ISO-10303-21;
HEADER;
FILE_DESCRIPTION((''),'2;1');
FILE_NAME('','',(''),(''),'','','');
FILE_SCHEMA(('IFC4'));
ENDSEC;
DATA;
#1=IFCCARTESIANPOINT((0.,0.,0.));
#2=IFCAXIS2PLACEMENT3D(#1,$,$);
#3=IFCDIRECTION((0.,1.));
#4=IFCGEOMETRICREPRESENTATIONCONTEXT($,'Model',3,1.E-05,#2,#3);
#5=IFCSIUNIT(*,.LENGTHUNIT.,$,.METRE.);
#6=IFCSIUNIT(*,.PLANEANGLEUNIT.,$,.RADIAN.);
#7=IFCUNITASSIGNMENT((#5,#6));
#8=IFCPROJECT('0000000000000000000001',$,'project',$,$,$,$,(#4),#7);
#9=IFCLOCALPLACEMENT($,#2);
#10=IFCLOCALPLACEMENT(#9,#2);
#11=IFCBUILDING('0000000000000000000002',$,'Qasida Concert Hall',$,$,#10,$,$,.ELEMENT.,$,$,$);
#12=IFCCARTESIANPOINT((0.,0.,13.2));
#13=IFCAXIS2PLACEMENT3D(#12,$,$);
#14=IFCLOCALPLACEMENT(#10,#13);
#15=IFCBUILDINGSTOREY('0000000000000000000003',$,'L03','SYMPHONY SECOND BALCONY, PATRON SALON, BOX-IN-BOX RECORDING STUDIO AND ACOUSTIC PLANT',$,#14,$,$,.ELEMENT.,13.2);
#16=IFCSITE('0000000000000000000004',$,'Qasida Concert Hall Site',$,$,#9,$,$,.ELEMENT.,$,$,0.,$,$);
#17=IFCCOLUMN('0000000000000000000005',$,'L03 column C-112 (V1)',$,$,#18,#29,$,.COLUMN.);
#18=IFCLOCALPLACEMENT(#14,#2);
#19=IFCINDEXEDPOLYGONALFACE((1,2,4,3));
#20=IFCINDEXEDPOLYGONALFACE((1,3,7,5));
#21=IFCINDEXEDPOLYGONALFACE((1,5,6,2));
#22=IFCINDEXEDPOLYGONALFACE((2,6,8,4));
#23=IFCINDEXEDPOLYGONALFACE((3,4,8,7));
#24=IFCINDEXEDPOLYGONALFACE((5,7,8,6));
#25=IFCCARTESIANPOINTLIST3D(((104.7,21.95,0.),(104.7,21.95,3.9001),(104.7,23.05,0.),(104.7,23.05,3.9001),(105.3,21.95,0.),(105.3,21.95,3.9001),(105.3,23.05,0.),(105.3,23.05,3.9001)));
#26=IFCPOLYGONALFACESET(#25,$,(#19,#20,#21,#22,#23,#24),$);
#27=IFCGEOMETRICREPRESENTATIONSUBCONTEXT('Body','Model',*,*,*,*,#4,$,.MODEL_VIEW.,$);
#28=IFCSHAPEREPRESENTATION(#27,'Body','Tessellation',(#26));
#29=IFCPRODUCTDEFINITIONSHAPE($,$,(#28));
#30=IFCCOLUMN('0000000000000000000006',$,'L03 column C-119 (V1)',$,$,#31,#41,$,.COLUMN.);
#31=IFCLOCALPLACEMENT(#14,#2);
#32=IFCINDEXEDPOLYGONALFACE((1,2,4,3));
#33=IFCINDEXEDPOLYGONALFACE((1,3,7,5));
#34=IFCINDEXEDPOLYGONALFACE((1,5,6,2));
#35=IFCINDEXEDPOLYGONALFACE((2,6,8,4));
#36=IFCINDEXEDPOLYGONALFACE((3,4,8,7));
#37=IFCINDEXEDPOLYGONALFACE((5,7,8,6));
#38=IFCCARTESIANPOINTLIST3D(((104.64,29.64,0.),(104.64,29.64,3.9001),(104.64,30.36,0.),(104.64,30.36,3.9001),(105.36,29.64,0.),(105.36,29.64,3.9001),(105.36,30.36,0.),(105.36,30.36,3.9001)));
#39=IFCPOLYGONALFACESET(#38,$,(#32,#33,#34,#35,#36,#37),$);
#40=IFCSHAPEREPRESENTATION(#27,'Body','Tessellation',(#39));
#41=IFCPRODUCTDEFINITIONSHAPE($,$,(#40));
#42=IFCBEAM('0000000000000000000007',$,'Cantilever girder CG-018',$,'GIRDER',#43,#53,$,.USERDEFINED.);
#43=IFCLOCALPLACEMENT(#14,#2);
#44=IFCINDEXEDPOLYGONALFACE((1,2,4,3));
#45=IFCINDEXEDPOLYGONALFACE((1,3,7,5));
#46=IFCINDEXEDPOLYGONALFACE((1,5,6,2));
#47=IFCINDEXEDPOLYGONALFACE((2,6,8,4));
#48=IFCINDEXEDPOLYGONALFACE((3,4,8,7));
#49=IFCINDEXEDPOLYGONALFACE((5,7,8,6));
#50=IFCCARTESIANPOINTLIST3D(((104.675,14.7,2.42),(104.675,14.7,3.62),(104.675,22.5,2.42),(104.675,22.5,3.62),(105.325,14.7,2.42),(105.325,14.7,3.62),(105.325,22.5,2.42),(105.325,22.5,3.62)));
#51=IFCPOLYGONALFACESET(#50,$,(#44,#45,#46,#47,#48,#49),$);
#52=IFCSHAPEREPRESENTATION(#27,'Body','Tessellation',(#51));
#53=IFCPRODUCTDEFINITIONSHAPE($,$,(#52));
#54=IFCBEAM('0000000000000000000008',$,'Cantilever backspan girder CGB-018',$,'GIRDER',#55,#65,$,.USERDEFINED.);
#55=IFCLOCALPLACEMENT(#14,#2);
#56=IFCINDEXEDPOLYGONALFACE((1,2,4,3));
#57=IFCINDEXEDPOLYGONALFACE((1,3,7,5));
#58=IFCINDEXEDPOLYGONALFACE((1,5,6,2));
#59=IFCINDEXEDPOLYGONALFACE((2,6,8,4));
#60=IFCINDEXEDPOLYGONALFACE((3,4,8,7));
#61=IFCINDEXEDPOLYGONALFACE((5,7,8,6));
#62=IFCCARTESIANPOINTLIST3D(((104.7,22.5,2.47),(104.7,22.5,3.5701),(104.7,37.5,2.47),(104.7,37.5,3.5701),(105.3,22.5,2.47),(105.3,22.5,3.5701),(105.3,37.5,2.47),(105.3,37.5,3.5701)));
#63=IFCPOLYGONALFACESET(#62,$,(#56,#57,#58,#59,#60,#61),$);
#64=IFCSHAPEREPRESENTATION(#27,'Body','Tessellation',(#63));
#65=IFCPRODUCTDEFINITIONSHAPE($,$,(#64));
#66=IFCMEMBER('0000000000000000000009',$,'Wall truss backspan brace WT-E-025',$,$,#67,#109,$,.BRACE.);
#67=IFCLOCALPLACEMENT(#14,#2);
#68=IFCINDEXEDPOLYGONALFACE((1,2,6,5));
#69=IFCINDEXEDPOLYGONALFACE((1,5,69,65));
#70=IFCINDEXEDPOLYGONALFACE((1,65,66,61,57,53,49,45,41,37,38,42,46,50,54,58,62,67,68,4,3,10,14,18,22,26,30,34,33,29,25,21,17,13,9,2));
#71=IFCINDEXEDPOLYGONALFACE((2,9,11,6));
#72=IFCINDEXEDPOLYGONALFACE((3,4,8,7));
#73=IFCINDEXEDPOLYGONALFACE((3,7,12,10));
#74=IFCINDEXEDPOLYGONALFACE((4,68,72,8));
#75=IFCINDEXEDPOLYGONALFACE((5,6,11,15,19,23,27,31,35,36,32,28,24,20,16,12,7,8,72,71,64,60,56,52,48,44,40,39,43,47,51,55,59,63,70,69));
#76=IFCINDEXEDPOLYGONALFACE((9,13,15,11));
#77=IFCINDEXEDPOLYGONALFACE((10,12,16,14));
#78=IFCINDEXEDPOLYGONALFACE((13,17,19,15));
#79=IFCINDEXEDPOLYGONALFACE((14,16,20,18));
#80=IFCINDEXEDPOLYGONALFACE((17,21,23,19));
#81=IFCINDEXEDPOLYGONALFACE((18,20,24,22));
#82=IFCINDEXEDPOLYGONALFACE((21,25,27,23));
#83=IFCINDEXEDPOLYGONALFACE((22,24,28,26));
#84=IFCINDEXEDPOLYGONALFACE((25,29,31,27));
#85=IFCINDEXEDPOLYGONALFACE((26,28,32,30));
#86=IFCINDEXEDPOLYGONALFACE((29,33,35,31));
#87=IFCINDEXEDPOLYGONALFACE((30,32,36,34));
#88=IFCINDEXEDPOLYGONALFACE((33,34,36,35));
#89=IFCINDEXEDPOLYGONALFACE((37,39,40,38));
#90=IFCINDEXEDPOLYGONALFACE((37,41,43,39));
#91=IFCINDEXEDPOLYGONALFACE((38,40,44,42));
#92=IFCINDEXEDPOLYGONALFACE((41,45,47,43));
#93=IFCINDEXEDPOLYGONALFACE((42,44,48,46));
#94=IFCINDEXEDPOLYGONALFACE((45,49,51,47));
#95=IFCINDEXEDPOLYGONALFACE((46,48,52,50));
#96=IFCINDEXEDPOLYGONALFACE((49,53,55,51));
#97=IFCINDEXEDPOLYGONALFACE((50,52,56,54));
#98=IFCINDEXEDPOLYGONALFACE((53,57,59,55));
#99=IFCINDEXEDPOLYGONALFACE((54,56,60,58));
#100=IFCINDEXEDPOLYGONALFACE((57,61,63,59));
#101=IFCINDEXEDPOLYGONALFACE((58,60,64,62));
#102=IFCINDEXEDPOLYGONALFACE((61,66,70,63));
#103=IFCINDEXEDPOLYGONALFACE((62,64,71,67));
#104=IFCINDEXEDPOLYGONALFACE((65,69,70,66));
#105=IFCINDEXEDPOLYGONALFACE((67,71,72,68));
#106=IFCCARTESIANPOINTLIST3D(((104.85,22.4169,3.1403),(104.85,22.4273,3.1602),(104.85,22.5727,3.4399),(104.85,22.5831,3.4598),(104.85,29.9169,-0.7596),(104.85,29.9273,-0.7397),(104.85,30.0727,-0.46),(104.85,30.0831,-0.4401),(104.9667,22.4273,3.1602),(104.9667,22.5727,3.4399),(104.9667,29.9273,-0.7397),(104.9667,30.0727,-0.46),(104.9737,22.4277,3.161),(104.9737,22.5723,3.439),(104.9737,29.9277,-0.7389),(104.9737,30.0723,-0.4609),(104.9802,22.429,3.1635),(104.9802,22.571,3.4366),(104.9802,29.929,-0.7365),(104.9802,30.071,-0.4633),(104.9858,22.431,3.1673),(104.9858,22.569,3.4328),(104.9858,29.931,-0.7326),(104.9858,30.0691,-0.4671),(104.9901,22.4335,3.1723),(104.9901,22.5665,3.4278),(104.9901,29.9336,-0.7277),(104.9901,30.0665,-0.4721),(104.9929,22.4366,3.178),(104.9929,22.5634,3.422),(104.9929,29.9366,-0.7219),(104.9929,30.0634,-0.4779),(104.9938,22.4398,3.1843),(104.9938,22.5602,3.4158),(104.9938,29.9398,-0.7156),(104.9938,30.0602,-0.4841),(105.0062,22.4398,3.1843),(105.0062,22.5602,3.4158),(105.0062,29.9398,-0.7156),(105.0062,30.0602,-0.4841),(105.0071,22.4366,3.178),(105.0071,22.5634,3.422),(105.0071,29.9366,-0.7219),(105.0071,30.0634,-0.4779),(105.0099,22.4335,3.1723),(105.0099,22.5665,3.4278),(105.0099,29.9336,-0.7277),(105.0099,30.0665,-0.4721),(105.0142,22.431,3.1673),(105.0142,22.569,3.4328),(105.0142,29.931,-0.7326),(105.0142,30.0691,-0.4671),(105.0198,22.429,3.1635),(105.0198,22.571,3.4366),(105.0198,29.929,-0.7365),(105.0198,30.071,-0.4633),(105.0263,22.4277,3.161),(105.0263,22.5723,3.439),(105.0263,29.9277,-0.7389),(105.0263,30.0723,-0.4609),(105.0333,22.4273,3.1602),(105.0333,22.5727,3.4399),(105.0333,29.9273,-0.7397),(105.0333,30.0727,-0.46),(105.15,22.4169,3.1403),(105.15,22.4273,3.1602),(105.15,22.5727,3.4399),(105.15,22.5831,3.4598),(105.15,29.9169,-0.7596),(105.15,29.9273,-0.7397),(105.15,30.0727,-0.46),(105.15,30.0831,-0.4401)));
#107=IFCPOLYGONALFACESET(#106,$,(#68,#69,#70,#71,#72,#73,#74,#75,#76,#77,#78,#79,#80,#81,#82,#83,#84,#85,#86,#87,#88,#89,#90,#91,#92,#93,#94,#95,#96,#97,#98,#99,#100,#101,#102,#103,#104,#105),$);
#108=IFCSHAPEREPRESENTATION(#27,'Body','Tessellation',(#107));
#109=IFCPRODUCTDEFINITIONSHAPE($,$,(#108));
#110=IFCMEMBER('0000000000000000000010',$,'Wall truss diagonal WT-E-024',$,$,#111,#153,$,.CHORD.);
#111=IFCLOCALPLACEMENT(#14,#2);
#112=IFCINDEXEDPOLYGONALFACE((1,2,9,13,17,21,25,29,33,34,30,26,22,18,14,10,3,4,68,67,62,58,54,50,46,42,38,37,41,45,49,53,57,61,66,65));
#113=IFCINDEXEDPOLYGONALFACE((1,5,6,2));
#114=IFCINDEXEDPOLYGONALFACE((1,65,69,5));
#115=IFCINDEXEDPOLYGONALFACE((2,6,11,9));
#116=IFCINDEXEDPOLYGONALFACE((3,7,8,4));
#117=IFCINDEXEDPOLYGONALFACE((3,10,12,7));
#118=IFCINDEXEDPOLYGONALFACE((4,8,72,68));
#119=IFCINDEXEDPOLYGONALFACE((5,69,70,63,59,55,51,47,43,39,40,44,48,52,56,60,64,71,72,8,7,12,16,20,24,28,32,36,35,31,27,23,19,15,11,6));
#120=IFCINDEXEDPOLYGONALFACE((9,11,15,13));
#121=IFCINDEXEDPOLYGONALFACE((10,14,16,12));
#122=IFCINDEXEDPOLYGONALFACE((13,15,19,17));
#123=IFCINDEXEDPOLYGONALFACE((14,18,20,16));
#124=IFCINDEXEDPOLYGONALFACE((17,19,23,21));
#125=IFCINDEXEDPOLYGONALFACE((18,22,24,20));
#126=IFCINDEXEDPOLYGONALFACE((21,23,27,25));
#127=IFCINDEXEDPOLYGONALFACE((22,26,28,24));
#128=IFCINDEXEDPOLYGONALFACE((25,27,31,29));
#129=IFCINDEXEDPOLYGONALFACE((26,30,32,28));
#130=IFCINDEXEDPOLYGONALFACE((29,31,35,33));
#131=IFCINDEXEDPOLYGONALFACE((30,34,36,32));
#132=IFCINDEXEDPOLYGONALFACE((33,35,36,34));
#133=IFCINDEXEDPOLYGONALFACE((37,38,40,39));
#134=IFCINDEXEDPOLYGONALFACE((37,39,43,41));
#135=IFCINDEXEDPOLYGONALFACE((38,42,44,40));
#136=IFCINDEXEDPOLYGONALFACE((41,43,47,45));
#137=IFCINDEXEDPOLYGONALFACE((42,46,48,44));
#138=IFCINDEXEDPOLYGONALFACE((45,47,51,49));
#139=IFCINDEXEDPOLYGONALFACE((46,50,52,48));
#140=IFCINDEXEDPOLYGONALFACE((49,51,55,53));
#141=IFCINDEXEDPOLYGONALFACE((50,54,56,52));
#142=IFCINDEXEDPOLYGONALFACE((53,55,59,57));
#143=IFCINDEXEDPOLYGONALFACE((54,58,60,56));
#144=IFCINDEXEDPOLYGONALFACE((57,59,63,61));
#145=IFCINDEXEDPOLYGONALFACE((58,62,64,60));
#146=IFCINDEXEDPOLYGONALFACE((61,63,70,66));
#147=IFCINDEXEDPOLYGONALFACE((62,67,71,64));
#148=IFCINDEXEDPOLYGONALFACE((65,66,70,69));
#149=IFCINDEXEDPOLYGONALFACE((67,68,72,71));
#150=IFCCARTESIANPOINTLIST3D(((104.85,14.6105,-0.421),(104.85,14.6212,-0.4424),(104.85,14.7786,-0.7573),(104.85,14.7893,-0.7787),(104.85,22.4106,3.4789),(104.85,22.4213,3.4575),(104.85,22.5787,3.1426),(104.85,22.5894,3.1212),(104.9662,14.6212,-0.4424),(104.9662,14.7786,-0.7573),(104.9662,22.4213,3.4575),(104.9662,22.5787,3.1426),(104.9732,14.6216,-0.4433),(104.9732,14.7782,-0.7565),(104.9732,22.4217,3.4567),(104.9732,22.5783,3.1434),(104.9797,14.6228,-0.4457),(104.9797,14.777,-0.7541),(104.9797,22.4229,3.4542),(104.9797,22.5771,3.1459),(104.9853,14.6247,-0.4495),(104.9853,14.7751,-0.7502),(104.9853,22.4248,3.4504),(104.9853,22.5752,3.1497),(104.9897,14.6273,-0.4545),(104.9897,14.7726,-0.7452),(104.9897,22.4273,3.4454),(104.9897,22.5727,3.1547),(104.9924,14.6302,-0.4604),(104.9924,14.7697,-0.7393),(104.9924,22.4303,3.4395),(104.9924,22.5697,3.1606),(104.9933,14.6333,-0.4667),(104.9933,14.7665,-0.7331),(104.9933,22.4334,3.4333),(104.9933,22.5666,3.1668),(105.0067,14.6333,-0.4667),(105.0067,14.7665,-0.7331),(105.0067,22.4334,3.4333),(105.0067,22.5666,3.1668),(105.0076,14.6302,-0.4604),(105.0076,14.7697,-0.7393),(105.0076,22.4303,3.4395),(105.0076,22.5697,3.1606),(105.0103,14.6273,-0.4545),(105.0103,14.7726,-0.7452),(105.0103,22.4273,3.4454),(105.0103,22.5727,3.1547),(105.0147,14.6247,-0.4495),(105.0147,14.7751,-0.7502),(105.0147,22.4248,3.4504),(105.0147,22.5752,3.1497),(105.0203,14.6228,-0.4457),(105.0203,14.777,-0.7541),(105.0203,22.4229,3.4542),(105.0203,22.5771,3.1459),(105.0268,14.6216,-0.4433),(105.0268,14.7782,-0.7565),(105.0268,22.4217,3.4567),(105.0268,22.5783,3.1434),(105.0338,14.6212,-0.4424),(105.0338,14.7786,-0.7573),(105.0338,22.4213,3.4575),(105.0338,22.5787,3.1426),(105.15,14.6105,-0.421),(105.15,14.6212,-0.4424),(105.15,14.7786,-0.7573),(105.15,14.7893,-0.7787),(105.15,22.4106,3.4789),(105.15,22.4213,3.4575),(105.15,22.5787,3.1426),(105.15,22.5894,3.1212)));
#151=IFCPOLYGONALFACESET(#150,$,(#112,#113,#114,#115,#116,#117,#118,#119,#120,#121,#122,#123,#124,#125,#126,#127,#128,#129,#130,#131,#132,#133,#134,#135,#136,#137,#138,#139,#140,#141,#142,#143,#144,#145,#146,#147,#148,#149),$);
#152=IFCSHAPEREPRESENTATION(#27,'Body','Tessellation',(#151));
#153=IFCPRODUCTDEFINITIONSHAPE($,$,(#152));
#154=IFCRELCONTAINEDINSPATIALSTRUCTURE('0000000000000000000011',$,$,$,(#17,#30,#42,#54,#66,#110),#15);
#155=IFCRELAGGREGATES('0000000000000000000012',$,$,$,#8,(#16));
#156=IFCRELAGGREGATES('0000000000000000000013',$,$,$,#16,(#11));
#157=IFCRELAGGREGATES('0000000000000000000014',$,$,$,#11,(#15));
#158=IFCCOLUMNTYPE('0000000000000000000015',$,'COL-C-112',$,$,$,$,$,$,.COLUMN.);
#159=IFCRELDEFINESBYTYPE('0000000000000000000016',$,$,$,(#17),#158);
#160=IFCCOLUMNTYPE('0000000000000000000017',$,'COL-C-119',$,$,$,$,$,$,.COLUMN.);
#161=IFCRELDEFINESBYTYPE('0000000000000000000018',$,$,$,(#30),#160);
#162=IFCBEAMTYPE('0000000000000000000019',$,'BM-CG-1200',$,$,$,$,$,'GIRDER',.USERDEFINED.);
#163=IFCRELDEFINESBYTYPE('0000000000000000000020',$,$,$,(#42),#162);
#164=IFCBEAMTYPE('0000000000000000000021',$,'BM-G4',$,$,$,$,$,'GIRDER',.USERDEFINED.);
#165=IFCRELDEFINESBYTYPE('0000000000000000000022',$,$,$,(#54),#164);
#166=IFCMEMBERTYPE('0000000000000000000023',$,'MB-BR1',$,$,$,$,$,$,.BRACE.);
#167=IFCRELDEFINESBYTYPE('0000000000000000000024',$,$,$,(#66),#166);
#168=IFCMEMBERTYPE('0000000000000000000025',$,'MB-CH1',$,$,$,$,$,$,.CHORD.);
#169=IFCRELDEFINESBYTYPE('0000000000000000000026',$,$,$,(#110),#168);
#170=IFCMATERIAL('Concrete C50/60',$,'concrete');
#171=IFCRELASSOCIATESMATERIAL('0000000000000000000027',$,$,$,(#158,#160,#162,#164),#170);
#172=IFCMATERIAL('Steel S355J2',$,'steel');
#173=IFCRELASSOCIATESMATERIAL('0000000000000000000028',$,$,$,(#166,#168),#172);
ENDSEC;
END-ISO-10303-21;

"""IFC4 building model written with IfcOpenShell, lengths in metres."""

from ifc_helpers import new_model, si_unit, direction, frame, origin, origin_2d, place, context, subcontext, project, spatial, rectangle, i_section, extrude, material, material_profile, profile_set, type_object, element, save


model = new_model("IFC4")

# Units and contexts
model_context = context("Model", 3, precision=1e-05, world=origin(), true_north=direction((0.0, 1.0)))
body_context = subcontext(model_context, "Body", "Model", "MODEL_VIEW")
ifc_project = project(units=[si_unit("LENGTHUNIT", "METRE"), si_unit("PLANEANGLEUNIT", "RADIAN")], contexts=[model_context])

# Site, building, storey
site_placement = place(None, origin())
site = spatial("IfcSite", under=ifc_project, at=site_placement, Name="Qasida Concert Hall Site", CompositionType="ELEMENT", RefElevation=0.0)
building_placement = place(site_placement, origin())
building = spatial("IfcBuilding", under=site, at=building_placement, Name="Qasida Concert Hall", CompositionType="ELEMENT")
storey_placement = place(building_placement, frame((0.0, 0.0, 13.2)))
storey = spatial("IfcBuildingStorey", under=building, at=storey_placement, Name="L03", Description="SYMPHONY SECOND BALCONY, PATRON SALON, BOX-IN-BOX RECORDING STUDIO AND ACOUSTIC PLANT", CompositionType="ELEMENT", Elevation=13.2)

# Columns
ifc_material_1 = material(Name="Concrete C50/60", Category="concrete")
ifc_material_profile_1 = material_profile(ifc_material_1, rectangle(XDim=0.6001, YDim=1.1001, at=origin_2d()), Name="RC 600x1100")
ifc_profile_set_1 = profile_set([ifc_material_profile_1], Name="Concrete C50/60")
column_type_1 = type_object("IfcColumnType", Name="COL-C-112", PredefinedType="COLUMN", material=ifc_profile_set_1)
column_1_placement = place(storey_placement, frame((105.0, 22.5, 0.0), z_axis=(0.0, 0.0, 1.0), x_axis=(1.0, 0.0, 0.0)))
element("IfcColumn", 1, at=column_1_placement, inside=storey, type_object=column_type_1, Name="L03 column C-112 (V1)", PredefinedType="COLUMN", context=body_context, shape_type="SweptSolid", body=[
    extrude(rectangle(XDim=0.6001, YDim=1.1001, at=origin_2d()), origin(), (0.0, 0.0, 1.0), 3.9001),
])
ifc_material_profile_2 = material_profile(ifc_material_1, rectangle(XDim=0.72, YDim=0.72, at=origin_2d()), Name="RC 720x720")
ifc_profile_set_2 = profile_set([ifc_material_profile_2], Name="Concrete C50/60")
column_type_2 = type_object("IfcColumnType", Name="COL-C-119", PredefinedType="COLUMN", material=ifc_profile_set_2)
column_2_placement = place(storey_placement, frame((105.0, 30.0, 0.0), z_axis=(0.0, 0.0, 1.0), x_axis=(1.0, 0.0, 0.0)))
element("IfcColumn", 2, at=column_2_placement, inside=storey, type_object=column_type_2, Name="L03 column C-119 (V1)", PredefinedType="COLUMN", context=body_context, shape_type="SweptSolid", body=[
    extrude(rectangle(XDim=0.72, YDim=0.72, at=origin_2d()), origin(), (0.0, 0.0, 1.0), 3.9001),
])

# Beams
ifc_material_profile_3 = material_profile(ifc_material_1, rectangle(XDim=0.6499, YDim=1.2, at=origin_2d()), Name="RC 650x1200")
ifc_profile_set_3 = profile_set([ifc_material_profile_3], Name="Concrete C50/60")
beam_type_1 = type_object("IfcBeamType", Name="BM-CG-1200", ElementType="GIRDER", PredefinedType="USERDEFINED", material=ifc_profile_set_3)
beam_1_placement = place(storey_placement, frame((105.0, 22.5, 3.02), z_axis=(0.0, -1.0, 0.0), x_axis=(1.0, 0.0, 0.0)))
element("IfcBeam", 3, at=beam_1_placement, inside=storey, type_object=beam_type_1, Name="Cantilever girder CG-018", ObjectType="GIRDER", PredefinedType="USERDEFINED", context=body_context, shape_type="SweptSolid", body=[
    extrude(rectangle(XDim=0.6499, YDim=1.2, at=origin_2d()), origin(), (0.0, 0.0, 1.0), 7.8),
])
ifc_material_profile_4 = material_profile(ifc_material_1, rectangle(XDim=0.6001, YDim=1.1001, at=origin_2d()), Name="RC 600x1100")
ifc_profile_set_4 = profile_set([ifc_material_profile_4], Name="Concrete C50/60")
beam_type_2 = type_object("IfcBeamType", Name="BM-G4", ElementType="GIRDER", PredefinedType="USERDEFINED", material=ifc_profile_set_4)
beam_2_placement = place(storey_placement, frame((105.0, 22.5, 3.02), z_axis=(0.0, 1.0, 0.0), x_axis=(-1.0, 0.0, 0.0)))
element("IfcBeam", 4, at=beam_2_placement, inside=storey, type_object=beam_type_2, Name="Cantilever backspan girder CGB-018", ObjectType="GIRDER", PredefinedType="USERDEFINED", context=body_context, shape_type="SweptSolid", body=[
    extrude(rectangle(XDim=0.6001, YDim=1.1001, at=origin_2d()), origin(), (0.0, 0.0, 1.0), 15.0),
])

# Members
ifc_material_2 = material(Name="Steel S355J2", Category="steel")
ifc_material_profile_5 = material_profile(ifc_material_2, i_section(OverallWidth=0.3, OverallDepth=0.3601, WebThickness=0.0125, FlangeThickness=0.0225, FilletRadius=0.0271, at=origin_2d()), Name="HEB 360")
ifc_profile_set_5 = profile_set([ifc_material_profile_5], Name="Steel S355J2")
member_type_1 = type_object("IfcMemberType", Name="MB-BR1", PredefinedType="BRACE", material=ifc_profile_set_5)
member_1_placement = place(storey_placement, frame((105.0, 22.5, 3.3), z_axis=(0.0, 0.887222, -0.461344), x_axis=(-1.0, 0.0, 0.0)))
element("IfcMember", 5, at=member_1_placement, inside=storey, type_object=member_type_1, Name="Wall truss backspan brace WT-E-025", PredefinedType="BRACE", context=body_context, shape_type="SweptSolid", body=[
    extrude(i_section(OverallWidth=0.3, OverallDepth=0.3601, WebThickness=0.0125, FlangeThickness=0.0225, FilletRadius=0.0271, at=origin_2d()), origin(), (0.0, 0.0, 1.0), 8.4534),
])
ifc_material_profile_6 = material_profile(ifc_material_2, i_section(OverallWidth=0.3, OverallDepth=0.3999, WebThickness=0.0134, FlangeThickness=0.0239, FilletRadius=0.0271, at=origin_2d()), Name="HEB 400")
ifc_profile_set_6 = profile_set([ifc_material_profile_6], Name="Steel S355J2")
member_type_2 = type_object("IfcMemberType", Name="MB-CH1", PredefinedType="CHORD", material=ifc_profile_set_6)
member_2_placement = place(storey_placement, frame((105.0, 22.5, 3.3), z_axis=(0.0, -0.894433, -0.447202), x_axis=(1.0, 0.0, 0.0)))
element("IfcMember", 6, at=member_2_placement, inside=storey, type_object=member_type_2, Name="Wall truss diagonal WT-E-024", PredefinedType="CHORD", context=body_context, shape_type="SweptSolid", body=[
    extrude(i_section(OverallWidth=0.3, OverallDepth=0.3999, WebThickness=0.0134, FlangeThickness=0.0239, FilletRadius=0.0271, at=origin_2d()), origin(), (0.0, 0.0, 1.0), 8.7207),
])

save(model, "model.ifc")
